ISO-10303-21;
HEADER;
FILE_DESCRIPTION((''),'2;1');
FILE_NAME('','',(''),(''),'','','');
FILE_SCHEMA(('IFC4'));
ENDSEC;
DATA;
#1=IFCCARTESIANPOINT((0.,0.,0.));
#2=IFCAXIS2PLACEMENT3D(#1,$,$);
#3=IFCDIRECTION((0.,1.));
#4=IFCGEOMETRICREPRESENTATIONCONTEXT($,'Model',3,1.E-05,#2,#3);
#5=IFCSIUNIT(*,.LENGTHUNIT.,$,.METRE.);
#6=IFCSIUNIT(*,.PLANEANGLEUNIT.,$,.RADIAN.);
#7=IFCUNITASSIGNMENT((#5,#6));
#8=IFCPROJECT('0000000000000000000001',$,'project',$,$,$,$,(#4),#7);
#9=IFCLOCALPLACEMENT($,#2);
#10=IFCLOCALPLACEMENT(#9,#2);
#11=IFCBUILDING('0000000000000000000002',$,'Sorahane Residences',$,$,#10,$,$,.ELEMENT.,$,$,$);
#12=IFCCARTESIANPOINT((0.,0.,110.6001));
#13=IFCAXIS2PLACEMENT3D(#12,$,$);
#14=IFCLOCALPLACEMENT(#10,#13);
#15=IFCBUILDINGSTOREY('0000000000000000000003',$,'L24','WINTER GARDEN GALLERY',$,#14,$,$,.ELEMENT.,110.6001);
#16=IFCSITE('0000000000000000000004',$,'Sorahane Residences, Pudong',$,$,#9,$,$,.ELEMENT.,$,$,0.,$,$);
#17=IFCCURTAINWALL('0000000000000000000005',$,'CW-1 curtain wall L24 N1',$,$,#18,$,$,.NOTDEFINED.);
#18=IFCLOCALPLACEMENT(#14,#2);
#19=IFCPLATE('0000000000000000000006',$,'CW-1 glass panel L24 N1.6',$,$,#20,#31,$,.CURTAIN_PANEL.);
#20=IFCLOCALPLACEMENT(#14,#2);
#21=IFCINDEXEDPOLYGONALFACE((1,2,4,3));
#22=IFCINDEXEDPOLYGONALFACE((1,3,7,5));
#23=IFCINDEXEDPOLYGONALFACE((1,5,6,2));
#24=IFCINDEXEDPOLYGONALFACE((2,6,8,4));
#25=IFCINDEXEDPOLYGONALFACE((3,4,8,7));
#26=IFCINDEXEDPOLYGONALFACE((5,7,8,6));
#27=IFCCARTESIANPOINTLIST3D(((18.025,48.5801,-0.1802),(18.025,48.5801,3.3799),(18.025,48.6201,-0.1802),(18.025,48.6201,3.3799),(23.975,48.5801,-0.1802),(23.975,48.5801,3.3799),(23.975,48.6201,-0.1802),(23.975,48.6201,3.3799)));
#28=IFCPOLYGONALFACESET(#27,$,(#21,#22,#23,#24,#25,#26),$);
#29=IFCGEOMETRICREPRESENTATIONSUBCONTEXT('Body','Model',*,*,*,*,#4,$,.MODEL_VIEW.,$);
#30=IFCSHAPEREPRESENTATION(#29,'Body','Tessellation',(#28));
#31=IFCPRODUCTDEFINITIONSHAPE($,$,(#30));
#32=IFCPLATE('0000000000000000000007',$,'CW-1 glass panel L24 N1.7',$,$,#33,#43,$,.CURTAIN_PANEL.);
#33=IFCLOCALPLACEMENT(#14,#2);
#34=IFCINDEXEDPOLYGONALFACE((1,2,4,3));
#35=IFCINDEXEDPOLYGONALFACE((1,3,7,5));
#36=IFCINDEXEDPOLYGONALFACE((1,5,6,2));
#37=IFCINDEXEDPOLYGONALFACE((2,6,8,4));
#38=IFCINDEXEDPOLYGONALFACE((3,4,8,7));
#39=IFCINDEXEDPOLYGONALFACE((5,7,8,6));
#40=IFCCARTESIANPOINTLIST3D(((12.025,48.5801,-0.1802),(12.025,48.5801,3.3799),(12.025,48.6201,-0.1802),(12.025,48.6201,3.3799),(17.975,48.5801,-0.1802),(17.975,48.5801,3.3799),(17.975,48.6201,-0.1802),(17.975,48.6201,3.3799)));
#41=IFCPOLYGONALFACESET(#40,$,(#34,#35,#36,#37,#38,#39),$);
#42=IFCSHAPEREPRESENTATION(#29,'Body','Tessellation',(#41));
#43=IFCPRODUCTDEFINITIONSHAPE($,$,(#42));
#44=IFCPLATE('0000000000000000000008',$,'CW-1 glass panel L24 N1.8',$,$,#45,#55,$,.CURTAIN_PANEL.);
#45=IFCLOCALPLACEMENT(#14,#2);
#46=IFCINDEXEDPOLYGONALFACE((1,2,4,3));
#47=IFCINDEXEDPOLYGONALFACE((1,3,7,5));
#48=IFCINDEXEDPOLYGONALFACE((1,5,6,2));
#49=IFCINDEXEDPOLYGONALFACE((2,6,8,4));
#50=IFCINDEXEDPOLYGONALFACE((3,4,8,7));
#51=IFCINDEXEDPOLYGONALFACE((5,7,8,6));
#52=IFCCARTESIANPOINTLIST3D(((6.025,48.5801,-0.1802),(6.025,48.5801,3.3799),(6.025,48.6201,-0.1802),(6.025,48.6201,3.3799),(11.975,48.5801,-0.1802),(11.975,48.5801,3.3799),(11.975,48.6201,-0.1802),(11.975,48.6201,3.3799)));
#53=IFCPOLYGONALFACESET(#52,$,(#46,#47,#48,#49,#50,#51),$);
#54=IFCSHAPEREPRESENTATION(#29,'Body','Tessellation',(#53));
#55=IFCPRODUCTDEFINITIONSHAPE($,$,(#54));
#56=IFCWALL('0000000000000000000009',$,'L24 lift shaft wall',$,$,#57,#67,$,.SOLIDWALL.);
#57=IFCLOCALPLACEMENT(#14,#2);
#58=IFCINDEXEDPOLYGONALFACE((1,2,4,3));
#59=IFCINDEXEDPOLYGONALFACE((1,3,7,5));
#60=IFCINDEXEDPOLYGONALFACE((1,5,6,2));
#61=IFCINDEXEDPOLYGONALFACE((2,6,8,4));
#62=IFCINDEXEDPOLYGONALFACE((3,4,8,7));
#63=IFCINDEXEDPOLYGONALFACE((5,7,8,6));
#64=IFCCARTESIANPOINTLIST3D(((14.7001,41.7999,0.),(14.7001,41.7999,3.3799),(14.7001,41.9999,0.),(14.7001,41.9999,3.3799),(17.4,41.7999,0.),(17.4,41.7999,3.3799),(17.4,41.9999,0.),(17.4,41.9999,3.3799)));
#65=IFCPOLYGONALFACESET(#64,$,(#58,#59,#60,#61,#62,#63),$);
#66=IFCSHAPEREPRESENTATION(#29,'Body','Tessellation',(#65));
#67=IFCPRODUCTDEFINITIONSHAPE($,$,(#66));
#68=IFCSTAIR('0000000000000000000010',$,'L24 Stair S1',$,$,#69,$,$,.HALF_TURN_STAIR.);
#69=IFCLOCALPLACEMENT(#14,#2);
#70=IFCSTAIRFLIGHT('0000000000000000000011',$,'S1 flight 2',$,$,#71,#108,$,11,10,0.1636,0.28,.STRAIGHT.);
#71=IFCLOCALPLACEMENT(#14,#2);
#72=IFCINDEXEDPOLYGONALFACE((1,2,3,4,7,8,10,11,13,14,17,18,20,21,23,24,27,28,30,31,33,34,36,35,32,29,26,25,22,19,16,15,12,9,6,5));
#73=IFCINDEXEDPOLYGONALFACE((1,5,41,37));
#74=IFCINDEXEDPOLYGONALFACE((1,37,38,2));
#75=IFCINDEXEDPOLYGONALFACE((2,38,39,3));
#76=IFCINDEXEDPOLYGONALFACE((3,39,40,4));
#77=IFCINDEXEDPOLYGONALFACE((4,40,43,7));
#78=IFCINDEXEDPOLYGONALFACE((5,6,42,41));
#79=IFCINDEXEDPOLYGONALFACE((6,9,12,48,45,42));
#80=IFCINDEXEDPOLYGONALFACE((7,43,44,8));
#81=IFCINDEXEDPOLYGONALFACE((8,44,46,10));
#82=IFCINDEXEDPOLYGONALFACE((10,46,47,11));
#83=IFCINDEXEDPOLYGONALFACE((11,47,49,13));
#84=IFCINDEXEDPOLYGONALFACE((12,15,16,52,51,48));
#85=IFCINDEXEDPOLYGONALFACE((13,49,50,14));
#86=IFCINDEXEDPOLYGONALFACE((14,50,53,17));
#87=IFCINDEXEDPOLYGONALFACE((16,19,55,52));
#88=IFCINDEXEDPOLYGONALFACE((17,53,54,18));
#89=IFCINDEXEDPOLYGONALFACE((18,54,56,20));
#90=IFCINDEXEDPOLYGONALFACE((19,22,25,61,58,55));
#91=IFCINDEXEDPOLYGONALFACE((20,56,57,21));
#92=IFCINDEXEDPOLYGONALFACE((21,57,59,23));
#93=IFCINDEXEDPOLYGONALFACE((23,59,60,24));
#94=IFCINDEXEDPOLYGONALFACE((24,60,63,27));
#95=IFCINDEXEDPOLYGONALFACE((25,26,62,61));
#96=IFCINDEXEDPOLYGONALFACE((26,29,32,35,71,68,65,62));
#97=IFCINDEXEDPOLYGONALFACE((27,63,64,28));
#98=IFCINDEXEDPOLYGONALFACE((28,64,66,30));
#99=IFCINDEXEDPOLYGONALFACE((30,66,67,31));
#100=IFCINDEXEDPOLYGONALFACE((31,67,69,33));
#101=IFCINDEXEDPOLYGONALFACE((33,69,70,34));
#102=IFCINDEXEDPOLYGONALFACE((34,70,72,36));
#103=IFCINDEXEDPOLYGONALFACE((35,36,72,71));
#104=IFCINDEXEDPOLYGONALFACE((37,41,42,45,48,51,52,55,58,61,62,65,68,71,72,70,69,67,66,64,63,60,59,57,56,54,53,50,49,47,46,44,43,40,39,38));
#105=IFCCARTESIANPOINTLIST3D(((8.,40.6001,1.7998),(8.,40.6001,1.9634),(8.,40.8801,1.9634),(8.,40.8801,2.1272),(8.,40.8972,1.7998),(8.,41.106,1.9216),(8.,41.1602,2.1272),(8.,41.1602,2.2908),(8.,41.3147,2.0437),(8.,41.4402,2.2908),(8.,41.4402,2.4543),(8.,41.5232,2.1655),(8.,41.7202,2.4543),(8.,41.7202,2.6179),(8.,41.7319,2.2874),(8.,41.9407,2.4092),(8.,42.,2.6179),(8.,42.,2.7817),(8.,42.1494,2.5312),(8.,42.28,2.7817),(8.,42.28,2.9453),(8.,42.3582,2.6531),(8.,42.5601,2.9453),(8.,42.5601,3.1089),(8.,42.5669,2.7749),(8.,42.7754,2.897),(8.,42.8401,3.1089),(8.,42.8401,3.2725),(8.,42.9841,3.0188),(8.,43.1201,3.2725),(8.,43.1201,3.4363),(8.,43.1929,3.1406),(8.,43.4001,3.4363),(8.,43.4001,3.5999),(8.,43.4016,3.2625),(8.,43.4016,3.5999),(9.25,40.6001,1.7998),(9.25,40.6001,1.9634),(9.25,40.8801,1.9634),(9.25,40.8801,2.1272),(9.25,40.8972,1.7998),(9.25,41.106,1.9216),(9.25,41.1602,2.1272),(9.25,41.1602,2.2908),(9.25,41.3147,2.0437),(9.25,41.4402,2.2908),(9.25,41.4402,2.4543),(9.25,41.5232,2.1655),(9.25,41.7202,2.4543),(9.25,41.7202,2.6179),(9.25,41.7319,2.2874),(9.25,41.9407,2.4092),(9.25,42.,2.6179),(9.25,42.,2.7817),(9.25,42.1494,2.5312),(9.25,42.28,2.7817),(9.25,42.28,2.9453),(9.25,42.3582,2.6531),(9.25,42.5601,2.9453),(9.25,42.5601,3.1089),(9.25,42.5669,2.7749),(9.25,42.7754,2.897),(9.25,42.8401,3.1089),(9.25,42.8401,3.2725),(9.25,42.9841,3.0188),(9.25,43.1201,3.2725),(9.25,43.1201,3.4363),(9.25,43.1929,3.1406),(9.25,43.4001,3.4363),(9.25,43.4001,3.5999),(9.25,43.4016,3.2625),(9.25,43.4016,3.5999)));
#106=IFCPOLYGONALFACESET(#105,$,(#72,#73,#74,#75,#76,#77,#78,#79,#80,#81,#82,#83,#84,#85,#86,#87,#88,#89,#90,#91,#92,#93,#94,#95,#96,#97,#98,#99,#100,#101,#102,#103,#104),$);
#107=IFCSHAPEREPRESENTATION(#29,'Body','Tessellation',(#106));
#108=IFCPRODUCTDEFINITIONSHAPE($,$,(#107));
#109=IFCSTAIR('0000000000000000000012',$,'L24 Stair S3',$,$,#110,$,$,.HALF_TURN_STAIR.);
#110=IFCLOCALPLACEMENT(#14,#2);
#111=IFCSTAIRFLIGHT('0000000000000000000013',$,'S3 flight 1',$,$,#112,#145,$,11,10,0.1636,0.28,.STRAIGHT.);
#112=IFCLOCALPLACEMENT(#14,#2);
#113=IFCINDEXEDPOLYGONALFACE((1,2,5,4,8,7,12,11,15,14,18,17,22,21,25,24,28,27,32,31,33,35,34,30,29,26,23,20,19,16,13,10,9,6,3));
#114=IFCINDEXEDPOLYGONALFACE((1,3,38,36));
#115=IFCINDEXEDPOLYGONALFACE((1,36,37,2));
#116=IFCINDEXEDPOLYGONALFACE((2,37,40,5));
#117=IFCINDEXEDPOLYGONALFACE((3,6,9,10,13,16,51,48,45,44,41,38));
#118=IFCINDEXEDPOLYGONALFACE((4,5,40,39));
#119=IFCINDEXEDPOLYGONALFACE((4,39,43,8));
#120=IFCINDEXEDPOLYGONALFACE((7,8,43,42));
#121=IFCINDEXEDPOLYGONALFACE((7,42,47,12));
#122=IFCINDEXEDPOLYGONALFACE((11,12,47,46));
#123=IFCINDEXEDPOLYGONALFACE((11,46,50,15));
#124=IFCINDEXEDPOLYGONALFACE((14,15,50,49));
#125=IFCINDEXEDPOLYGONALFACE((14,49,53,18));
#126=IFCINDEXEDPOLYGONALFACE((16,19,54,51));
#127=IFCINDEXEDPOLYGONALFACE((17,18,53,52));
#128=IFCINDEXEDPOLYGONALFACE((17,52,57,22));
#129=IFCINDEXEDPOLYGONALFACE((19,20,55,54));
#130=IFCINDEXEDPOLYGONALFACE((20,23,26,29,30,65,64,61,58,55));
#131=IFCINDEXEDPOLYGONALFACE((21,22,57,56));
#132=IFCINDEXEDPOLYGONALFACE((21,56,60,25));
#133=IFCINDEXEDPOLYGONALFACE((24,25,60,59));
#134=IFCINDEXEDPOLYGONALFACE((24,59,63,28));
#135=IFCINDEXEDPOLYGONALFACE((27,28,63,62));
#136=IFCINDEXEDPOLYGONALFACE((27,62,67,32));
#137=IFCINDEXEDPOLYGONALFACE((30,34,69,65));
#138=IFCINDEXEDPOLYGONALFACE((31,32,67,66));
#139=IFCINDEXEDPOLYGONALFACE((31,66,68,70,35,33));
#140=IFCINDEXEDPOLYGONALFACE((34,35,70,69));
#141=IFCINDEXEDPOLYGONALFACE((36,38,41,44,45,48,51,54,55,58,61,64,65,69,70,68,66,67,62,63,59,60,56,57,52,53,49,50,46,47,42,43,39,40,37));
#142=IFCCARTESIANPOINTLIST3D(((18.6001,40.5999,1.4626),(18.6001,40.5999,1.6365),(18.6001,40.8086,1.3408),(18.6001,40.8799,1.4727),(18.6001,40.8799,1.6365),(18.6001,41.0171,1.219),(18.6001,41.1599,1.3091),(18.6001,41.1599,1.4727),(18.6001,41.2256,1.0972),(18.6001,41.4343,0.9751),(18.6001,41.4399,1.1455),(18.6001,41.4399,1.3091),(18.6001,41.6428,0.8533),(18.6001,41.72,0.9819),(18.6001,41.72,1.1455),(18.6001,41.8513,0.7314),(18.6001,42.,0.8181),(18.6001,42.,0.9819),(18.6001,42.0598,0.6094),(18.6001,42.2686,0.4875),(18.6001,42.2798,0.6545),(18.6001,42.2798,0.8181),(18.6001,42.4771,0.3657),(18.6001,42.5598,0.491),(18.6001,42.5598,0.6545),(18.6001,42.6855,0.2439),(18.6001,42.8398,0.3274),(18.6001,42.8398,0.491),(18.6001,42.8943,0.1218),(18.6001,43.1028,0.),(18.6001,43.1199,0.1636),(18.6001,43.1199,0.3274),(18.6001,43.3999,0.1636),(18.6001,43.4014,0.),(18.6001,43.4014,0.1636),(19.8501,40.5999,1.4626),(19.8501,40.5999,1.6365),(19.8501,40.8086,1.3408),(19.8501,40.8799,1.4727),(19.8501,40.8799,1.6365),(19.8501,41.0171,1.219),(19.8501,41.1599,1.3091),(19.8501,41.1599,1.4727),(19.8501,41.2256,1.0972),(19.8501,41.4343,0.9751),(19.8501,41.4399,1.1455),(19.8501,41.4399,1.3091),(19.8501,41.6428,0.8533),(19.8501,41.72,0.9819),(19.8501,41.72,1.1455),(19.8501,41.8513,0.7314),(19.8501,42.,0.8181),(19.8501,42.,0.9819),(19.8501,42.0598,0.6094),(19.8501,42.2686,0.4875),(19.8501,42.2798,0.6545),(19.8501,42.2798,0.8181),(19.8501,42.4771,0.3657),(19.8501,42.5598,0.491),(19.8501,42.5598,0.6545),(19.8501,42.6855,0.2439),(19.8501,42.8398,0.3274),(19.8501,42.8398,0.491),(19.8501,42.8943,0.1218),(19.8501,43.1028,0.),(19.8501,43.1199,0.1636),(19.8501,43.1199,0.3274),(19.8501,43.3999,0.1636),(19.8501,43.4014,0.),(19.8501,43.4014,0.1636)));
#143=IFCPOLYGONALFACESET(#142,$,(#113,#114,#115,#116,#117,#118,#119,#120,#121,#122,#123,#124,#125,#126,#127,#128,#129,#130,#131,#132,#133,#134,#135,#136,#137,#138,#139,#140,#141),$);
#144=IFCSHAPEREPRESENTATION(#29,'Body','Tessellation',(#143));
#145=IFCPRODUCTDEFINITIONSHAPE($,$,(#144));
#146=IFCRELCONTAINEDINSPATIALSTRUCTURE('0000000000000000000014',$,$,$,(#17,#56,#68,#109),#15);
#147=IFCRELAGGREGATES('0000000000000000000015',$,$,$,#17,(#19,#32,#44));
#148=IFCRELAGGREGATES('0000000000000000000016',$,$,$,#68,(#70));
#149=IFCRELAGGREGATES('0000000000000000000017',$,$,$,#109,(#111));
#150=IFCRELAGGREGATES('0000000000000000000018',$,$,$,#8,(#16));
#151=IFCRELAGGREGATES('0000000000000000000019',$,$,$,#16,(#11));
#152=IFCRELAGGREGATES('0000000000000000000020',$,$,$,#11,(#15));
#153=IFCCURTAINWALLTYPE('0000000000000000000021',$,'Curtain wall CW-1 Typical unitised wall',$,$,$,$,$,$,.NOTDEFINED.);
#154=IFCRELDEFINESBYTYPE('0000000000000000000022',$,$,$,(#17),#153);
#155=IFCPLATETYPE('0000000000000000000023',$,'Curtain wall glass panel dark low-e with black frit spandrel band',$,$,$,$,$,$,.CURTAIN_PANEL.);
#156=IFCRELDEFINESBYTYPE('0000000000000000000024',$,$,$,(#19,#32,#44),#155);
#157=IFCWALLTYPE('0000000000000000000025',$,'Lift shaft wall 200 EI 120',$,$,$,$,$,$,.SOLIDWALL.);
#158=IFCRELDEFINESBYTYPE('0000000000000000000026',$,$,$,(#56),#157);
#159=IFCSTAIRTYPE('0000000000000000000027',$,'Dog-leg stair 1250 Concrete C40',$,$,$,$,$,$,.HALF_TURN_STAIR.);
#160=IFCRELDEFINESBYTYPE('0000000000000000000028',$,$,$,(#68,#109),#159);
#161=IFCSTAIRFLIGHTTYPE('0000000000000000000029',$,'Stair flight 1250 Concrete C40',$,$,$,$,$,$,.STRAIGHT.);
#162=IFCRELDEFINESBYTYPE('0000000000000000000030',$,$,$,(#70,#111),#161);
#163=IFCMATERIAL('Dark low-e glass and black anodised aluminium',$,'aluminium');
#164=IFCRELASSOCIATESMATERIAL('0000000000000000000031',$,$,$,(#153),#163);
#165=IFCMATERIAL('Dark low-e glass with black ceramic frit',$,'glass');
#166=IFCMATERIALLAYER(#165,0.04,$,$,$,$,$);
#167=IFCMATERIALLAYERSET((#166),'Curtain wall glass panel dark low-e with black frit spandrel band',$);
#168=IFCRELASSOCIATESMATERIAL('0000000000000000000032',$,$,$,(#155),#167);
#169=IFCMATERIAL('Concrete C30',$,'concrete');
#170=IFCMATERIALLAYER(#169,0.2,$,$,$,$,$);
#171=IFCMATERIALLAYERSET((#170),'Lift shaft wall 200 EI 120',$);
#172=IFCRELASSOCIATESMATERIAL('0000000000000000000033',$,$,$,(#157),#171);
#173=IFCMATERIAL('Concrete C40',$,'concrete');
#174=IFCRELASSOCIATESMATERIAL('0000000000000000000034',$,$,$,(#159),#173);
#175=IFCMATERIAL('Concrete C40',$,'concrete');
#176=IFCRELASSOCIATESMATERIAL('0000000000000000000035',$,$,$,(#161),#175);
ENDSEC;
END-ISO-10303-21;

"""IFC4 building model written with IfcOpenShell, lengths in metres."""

from ifc_helpers import new_model, si_unit, direction, frame, frame_2d, origin, origin_2d, place, context, subcontext, project, spatial, polyline, rectangle, outline, extrude, material, layer, layer_set, type_object, element, aggregate, save


model = new_model("IFC4")

# Units and contexts
model_context = context("Model", 3, precision=1e-05, world=origin(), true_north=direction((0.0, 1.0)))
body_context = subcontext(model_context, "Body", "Model", "MODEL_VIEW")
ifc_project = project(units=[si_unit("LENGTHUNIT", "METRE"), si_unit("PLANEANGLEUNIT", "RADIAN")], contexts=[model_context])

# Site, building, storey
site_placement = place(None, origin())
site = spatial("IfcSite", under=ifc_project, at=site_placement, Name="Sorahane Residences, Pudong", CompositionType="ELEMENT", RefElevation=0.0)
building_placement = place(site_placement, origin())
building = spatial("IfcBuilding", under=site, at=building_placement, Name="Sorahane Residences", CompositionType="ELEMENT")
storey_placement = place(building_placement, frame((0.0, 0.0, 110.6001)))
storey = spatial("IfcBuildingStorey", under=building, at=storey_placement, Name="L24", Description="WINTER GARDEN GALLERY", CompositionType="ELEMENT", Elevation=110.6001)

# Curtain wall
ifc_material_1 = material(Name="Dark low-e glass and black anodised aluminium", Category="aluminium")
curtain_wall_type = type_object("IfcCurtainWallType", Name="Curtain wall CW-1 Typical unitised wall", PredefinedType="NOTDEFINED", material=ifc_material_1)
curtain_wall_placement = place(storey_placement, origin())
curtain_wall = element("IfcCurtainWall", 1, at=curtain_wall_placement, inside=storey, type_object=curtain_wall_type, Name="CW-1 curtain wall L24 N1", PredefinedType="NOTDEFINED")

# Plates
ifc_material_2 = material(Name="Dark low-e glass with black ceramic frit", Category="glass")
ifc_layer_1 = layer(ifc_material_2, 0.04)
ifc_layer_set_1 = layer_set([ifc_layer_1], Name="Curtain wall glass panel dark low-e with black frit spandrel band")
plate_type = type_object("IfcPlateType", Name="Curtain wall glass panel dark low-e with black frit spandrel band", PredefinedType="CURTAIN_PANEL", material=ifc_layer_set_1)
plate_1_placement = place(storey_placement, frame((21.0, 48.6001, -0.1802), z_axis=(0.0, 0.0, 1.0), x_axis=(-1.0, 0.0, 0.0)))
plate_1 = element("IfcPlate", 2, at=plate_1_placement, type_object=plate_type, Name="CW-1 glass panel L24 N1.6", PredefinedType="CURTAIN_PANEL", context=body_context, shape_type="SweptSolid", body=[
    extrude(rectangle(XDim=5.95, YDim=0.04, at=origin_2d()), origin(), (0.0, 0.0, 1.0), 3.5601),
])
plate_2_placement = place(storey_placement, frame((15.0, 48.6001, -0.1802), z_axis=(0.0, 0.0, 1.0), x_axis=(-1.0, 0.0, 0.0)))
plate_2 = element("IfcPlate", 3, at=plate_2_placement, type_object=plate_type, Name="CW-1 glass panel L24 N1.7", PredefinedType="CURTAIN_PANEL", context=body_context, shape_type="SweptSolid", body=[
    extrude(rectangle(XDim=5.95, YDim=0.04, at=origin_2d()), origin(), (0.0, 0.0, 1.0), 3.5601),
])
plate_3_placement = place(storey_placement, frame((9.0, 48.6001, -0.1802), z_axis=(0.0, 0.0, 1.0), x_axis=(-1.0, 0.0, 0.0)))
plate_3 = element("IfcPlate", 4, at=plate_3_placement, type_object=plate_type, Name="CW-1 glass panel L24 N1.8", PredefinedType="CURTAIN_PANEL", context=body_context, shape_type="SweptSolid", body=[
    extrude(rectangle(XDim=5.95, YDim=0.04, at=origin_2d()), origin(), (0.0, 0.0, 1.0), 3.5601),
])
aggregate(curtain_wall, [plate_1, plate_2, plate_3])

# Wall
ifc_material_3 = material(Name="Concrete C30", Category="concrete")
ifc_layer_2 = layer(ifc_material_3, 0.2)
ifc_layer_set_2 = layer_set([ifc_layer_2], Name="Lift shaft wall 200 EI 120")
wall_type = type_object("IfcWallType", Name="Lift shaft wall 200 EI 120", PredefinedType="SOLIDWALL", material=ifc_layer_set_2)
wall_placement = place(storey_placement, frame((14.7, 41.8999, 0.0), z_axis=(0.0, 0.0, 1.0), x_axis=(1.0, 0.0, 0.0)))
element("IfcWall", 5, at=wall_placement, inside=storey, type_object=wall_type, Name="L24 lift shaft wall", PredefinedType="SOLIDWALL", context=body_context, shape_type="SweptSolid", body=[
    extrude(rectangle(XDim=2.7, YDim=0.2, at=frame_2d((1.3501, 0.0))), origin(), (0.0, 0.0, 1.0), 3.3799),
])

# Stair, stair flight
ifc_material_4 = material(Name="Concrete C40", Category="concrete")
stair_type = type_object("IfcStairType", Name="Dog-leg stair 1250 Concrete C40", PredefinedType="HALF_TURN_STAIR", material=ifc_material_4)
stair_1_placement = place(storey_placement, origin())
stair_1 = element("IfcStair", 6, at=stair_1_placement, inside=storey, type_object=stair_type, Name="L24 Stair S1", PredefinedType="HALF_TURN_STAIR")
ifc_material_5 = material(Name="Concrete C40", Category="concrete")
stair_flight_type = type_object("IfcStairFlightType", Name="Stair flight 1250 Concrete C40", PredefinedType="STRAIGHT", material=ifc_material_5)
stair_flight_1_placement = place(storey_placement, frame((8.625, 40.6001, 1.7998), z_axis=(0.0, 0.0, 1.0), x_axis=(0.0, 1.0, 0.0)))
stair_flight_1 = element("IfcStairFlight", 7, at=stair_flight_1_placement, type_object=stair_flight_type, Name="S1 flight 2", NumberOfRisers=11, NumberOfTreads=10, PredefinedType="STRAIGHT", RiserHeight=0.1636, TreadLength=0.28, context=body_context, shape_type="SweptSolid", body=[
    extrude(outline(polyline([(0.0, 0.0), (0.0, 0.1636), (0.28, 0.1636), (0.28, 0.3274), (0.5601, 0.3274), (0.5601, 0.491), (0.8401, 0.491), (0.8401, 0.6545), (1.1201, 0.6545), (1.1201, 0.8181), (1.3999, 0.8181), (1.3999, 0.9819), (1.6799, 0.9819), (1.6799, 1.1455), (1.96, 1.1455), (1.96, 1.3091), (2.24, 1.3091), (2.24, 1.4727), (2.52, 1.4727), (2.52, 1.6365), (2.8, 1.6365), (2.8, 1.8), (2.8015, 1.8), (2.8015, 1.4626), (2.5928, 1.3408), (2.384, 1.219), (2.1753, 1.0972), (1.9668, 0.9751), (1.7581, 0.8533), (1.5493, 0.7314), (1.3406, 0.6094), (1.1318, 0.4875), (0.9231, 0.3657), (0.7146, 0.2439), (0.5059, 0.1218), (0.2971, 0.0), (0.0, 0.0)])), frame((0.0, 0.625, 0.0), z_axis=(0.0, -1.0, 0.0), x_axis=(1.0, 0.0, 0.0)), (0.0, 0.0, 1.0), 1.25),
])
aggregate(stair_1, [stair_flight_1])

# Stair, stair flight
stair_2_placement = place(storey_placement, origin())
stair_2 = element("IfcStair", 8, at=stair_2_placement, inside=storey, type_object=stair_type, Name="L24 Stair S3", PredefinedType="HALF_TURN_STAIR")
stair_flight_2_placement = place(storey_placement, frame((19.2251, 43.3999, 0.0), z_axis=(0.0, 0.0, 1.0), x_axis=(0.0, -1.0, 0.0)))
stair_flight_2 = element("IfcStairFlight", 9, at=stair_flight_2_placement, type_object=stair_flight_type, Name="S3 flight 1", NumberOfRisers=11, NumberOfTreads=10, PredefinedType="STRAIGHT", RiserHeight=0.1636, TreadLength=0.28, context=body_context, shape_type="SweptSolid", body=[
    extrude(outline(polyline([(-0.0015, 0.0), (-0.0015, 0.1636), (0.0, 0.1636), (0.28, 0.1636), (0.28, 0.3274), (0.5601, 0.3274), (0.5601, 0.491), (0.8401, 0.491), (0.8401, 0.6545), (1.1201, 0.6545), (1.1201, 0.8181), (1.3999, 0.8181), (1.3999, 0.9819), (1.6799, 0.9819), (1.6799, 1.1455), (1.96, 1.1455), (1.96, 1.3091), (2.24, 1.3091), (2.24, 1.4727), (2.52, 1.4727), (2.52, 1.6365), (2.8, 1.6365), (2.8, 1.8), (2.8, 1.4626), (2.5913, 1.3408), (2.3828, 1.219), (2.1743, 1.0972), (1.9656, 0.9751), (1.7571, 0.8533), (1.5486, 0.7314), (1.3401, 0.6094), (1.1313, 0.4875), (0.9229, 0.3657), (0.7144, 0.2439), (0.5056, 0.1218), (0.2971, 0.0), (-0.0015, 0.0)])), frame((0.0, 0.625, 0.0), z_axis=(0.0, -1.0, 0.0), x_axis=(1.0, 0.0, 0.0)), (0.0, 0.0, 1.0), 1.25),
])
aggregate(stair_2, [stair_flight_2])

save(model, "model.ifc")
